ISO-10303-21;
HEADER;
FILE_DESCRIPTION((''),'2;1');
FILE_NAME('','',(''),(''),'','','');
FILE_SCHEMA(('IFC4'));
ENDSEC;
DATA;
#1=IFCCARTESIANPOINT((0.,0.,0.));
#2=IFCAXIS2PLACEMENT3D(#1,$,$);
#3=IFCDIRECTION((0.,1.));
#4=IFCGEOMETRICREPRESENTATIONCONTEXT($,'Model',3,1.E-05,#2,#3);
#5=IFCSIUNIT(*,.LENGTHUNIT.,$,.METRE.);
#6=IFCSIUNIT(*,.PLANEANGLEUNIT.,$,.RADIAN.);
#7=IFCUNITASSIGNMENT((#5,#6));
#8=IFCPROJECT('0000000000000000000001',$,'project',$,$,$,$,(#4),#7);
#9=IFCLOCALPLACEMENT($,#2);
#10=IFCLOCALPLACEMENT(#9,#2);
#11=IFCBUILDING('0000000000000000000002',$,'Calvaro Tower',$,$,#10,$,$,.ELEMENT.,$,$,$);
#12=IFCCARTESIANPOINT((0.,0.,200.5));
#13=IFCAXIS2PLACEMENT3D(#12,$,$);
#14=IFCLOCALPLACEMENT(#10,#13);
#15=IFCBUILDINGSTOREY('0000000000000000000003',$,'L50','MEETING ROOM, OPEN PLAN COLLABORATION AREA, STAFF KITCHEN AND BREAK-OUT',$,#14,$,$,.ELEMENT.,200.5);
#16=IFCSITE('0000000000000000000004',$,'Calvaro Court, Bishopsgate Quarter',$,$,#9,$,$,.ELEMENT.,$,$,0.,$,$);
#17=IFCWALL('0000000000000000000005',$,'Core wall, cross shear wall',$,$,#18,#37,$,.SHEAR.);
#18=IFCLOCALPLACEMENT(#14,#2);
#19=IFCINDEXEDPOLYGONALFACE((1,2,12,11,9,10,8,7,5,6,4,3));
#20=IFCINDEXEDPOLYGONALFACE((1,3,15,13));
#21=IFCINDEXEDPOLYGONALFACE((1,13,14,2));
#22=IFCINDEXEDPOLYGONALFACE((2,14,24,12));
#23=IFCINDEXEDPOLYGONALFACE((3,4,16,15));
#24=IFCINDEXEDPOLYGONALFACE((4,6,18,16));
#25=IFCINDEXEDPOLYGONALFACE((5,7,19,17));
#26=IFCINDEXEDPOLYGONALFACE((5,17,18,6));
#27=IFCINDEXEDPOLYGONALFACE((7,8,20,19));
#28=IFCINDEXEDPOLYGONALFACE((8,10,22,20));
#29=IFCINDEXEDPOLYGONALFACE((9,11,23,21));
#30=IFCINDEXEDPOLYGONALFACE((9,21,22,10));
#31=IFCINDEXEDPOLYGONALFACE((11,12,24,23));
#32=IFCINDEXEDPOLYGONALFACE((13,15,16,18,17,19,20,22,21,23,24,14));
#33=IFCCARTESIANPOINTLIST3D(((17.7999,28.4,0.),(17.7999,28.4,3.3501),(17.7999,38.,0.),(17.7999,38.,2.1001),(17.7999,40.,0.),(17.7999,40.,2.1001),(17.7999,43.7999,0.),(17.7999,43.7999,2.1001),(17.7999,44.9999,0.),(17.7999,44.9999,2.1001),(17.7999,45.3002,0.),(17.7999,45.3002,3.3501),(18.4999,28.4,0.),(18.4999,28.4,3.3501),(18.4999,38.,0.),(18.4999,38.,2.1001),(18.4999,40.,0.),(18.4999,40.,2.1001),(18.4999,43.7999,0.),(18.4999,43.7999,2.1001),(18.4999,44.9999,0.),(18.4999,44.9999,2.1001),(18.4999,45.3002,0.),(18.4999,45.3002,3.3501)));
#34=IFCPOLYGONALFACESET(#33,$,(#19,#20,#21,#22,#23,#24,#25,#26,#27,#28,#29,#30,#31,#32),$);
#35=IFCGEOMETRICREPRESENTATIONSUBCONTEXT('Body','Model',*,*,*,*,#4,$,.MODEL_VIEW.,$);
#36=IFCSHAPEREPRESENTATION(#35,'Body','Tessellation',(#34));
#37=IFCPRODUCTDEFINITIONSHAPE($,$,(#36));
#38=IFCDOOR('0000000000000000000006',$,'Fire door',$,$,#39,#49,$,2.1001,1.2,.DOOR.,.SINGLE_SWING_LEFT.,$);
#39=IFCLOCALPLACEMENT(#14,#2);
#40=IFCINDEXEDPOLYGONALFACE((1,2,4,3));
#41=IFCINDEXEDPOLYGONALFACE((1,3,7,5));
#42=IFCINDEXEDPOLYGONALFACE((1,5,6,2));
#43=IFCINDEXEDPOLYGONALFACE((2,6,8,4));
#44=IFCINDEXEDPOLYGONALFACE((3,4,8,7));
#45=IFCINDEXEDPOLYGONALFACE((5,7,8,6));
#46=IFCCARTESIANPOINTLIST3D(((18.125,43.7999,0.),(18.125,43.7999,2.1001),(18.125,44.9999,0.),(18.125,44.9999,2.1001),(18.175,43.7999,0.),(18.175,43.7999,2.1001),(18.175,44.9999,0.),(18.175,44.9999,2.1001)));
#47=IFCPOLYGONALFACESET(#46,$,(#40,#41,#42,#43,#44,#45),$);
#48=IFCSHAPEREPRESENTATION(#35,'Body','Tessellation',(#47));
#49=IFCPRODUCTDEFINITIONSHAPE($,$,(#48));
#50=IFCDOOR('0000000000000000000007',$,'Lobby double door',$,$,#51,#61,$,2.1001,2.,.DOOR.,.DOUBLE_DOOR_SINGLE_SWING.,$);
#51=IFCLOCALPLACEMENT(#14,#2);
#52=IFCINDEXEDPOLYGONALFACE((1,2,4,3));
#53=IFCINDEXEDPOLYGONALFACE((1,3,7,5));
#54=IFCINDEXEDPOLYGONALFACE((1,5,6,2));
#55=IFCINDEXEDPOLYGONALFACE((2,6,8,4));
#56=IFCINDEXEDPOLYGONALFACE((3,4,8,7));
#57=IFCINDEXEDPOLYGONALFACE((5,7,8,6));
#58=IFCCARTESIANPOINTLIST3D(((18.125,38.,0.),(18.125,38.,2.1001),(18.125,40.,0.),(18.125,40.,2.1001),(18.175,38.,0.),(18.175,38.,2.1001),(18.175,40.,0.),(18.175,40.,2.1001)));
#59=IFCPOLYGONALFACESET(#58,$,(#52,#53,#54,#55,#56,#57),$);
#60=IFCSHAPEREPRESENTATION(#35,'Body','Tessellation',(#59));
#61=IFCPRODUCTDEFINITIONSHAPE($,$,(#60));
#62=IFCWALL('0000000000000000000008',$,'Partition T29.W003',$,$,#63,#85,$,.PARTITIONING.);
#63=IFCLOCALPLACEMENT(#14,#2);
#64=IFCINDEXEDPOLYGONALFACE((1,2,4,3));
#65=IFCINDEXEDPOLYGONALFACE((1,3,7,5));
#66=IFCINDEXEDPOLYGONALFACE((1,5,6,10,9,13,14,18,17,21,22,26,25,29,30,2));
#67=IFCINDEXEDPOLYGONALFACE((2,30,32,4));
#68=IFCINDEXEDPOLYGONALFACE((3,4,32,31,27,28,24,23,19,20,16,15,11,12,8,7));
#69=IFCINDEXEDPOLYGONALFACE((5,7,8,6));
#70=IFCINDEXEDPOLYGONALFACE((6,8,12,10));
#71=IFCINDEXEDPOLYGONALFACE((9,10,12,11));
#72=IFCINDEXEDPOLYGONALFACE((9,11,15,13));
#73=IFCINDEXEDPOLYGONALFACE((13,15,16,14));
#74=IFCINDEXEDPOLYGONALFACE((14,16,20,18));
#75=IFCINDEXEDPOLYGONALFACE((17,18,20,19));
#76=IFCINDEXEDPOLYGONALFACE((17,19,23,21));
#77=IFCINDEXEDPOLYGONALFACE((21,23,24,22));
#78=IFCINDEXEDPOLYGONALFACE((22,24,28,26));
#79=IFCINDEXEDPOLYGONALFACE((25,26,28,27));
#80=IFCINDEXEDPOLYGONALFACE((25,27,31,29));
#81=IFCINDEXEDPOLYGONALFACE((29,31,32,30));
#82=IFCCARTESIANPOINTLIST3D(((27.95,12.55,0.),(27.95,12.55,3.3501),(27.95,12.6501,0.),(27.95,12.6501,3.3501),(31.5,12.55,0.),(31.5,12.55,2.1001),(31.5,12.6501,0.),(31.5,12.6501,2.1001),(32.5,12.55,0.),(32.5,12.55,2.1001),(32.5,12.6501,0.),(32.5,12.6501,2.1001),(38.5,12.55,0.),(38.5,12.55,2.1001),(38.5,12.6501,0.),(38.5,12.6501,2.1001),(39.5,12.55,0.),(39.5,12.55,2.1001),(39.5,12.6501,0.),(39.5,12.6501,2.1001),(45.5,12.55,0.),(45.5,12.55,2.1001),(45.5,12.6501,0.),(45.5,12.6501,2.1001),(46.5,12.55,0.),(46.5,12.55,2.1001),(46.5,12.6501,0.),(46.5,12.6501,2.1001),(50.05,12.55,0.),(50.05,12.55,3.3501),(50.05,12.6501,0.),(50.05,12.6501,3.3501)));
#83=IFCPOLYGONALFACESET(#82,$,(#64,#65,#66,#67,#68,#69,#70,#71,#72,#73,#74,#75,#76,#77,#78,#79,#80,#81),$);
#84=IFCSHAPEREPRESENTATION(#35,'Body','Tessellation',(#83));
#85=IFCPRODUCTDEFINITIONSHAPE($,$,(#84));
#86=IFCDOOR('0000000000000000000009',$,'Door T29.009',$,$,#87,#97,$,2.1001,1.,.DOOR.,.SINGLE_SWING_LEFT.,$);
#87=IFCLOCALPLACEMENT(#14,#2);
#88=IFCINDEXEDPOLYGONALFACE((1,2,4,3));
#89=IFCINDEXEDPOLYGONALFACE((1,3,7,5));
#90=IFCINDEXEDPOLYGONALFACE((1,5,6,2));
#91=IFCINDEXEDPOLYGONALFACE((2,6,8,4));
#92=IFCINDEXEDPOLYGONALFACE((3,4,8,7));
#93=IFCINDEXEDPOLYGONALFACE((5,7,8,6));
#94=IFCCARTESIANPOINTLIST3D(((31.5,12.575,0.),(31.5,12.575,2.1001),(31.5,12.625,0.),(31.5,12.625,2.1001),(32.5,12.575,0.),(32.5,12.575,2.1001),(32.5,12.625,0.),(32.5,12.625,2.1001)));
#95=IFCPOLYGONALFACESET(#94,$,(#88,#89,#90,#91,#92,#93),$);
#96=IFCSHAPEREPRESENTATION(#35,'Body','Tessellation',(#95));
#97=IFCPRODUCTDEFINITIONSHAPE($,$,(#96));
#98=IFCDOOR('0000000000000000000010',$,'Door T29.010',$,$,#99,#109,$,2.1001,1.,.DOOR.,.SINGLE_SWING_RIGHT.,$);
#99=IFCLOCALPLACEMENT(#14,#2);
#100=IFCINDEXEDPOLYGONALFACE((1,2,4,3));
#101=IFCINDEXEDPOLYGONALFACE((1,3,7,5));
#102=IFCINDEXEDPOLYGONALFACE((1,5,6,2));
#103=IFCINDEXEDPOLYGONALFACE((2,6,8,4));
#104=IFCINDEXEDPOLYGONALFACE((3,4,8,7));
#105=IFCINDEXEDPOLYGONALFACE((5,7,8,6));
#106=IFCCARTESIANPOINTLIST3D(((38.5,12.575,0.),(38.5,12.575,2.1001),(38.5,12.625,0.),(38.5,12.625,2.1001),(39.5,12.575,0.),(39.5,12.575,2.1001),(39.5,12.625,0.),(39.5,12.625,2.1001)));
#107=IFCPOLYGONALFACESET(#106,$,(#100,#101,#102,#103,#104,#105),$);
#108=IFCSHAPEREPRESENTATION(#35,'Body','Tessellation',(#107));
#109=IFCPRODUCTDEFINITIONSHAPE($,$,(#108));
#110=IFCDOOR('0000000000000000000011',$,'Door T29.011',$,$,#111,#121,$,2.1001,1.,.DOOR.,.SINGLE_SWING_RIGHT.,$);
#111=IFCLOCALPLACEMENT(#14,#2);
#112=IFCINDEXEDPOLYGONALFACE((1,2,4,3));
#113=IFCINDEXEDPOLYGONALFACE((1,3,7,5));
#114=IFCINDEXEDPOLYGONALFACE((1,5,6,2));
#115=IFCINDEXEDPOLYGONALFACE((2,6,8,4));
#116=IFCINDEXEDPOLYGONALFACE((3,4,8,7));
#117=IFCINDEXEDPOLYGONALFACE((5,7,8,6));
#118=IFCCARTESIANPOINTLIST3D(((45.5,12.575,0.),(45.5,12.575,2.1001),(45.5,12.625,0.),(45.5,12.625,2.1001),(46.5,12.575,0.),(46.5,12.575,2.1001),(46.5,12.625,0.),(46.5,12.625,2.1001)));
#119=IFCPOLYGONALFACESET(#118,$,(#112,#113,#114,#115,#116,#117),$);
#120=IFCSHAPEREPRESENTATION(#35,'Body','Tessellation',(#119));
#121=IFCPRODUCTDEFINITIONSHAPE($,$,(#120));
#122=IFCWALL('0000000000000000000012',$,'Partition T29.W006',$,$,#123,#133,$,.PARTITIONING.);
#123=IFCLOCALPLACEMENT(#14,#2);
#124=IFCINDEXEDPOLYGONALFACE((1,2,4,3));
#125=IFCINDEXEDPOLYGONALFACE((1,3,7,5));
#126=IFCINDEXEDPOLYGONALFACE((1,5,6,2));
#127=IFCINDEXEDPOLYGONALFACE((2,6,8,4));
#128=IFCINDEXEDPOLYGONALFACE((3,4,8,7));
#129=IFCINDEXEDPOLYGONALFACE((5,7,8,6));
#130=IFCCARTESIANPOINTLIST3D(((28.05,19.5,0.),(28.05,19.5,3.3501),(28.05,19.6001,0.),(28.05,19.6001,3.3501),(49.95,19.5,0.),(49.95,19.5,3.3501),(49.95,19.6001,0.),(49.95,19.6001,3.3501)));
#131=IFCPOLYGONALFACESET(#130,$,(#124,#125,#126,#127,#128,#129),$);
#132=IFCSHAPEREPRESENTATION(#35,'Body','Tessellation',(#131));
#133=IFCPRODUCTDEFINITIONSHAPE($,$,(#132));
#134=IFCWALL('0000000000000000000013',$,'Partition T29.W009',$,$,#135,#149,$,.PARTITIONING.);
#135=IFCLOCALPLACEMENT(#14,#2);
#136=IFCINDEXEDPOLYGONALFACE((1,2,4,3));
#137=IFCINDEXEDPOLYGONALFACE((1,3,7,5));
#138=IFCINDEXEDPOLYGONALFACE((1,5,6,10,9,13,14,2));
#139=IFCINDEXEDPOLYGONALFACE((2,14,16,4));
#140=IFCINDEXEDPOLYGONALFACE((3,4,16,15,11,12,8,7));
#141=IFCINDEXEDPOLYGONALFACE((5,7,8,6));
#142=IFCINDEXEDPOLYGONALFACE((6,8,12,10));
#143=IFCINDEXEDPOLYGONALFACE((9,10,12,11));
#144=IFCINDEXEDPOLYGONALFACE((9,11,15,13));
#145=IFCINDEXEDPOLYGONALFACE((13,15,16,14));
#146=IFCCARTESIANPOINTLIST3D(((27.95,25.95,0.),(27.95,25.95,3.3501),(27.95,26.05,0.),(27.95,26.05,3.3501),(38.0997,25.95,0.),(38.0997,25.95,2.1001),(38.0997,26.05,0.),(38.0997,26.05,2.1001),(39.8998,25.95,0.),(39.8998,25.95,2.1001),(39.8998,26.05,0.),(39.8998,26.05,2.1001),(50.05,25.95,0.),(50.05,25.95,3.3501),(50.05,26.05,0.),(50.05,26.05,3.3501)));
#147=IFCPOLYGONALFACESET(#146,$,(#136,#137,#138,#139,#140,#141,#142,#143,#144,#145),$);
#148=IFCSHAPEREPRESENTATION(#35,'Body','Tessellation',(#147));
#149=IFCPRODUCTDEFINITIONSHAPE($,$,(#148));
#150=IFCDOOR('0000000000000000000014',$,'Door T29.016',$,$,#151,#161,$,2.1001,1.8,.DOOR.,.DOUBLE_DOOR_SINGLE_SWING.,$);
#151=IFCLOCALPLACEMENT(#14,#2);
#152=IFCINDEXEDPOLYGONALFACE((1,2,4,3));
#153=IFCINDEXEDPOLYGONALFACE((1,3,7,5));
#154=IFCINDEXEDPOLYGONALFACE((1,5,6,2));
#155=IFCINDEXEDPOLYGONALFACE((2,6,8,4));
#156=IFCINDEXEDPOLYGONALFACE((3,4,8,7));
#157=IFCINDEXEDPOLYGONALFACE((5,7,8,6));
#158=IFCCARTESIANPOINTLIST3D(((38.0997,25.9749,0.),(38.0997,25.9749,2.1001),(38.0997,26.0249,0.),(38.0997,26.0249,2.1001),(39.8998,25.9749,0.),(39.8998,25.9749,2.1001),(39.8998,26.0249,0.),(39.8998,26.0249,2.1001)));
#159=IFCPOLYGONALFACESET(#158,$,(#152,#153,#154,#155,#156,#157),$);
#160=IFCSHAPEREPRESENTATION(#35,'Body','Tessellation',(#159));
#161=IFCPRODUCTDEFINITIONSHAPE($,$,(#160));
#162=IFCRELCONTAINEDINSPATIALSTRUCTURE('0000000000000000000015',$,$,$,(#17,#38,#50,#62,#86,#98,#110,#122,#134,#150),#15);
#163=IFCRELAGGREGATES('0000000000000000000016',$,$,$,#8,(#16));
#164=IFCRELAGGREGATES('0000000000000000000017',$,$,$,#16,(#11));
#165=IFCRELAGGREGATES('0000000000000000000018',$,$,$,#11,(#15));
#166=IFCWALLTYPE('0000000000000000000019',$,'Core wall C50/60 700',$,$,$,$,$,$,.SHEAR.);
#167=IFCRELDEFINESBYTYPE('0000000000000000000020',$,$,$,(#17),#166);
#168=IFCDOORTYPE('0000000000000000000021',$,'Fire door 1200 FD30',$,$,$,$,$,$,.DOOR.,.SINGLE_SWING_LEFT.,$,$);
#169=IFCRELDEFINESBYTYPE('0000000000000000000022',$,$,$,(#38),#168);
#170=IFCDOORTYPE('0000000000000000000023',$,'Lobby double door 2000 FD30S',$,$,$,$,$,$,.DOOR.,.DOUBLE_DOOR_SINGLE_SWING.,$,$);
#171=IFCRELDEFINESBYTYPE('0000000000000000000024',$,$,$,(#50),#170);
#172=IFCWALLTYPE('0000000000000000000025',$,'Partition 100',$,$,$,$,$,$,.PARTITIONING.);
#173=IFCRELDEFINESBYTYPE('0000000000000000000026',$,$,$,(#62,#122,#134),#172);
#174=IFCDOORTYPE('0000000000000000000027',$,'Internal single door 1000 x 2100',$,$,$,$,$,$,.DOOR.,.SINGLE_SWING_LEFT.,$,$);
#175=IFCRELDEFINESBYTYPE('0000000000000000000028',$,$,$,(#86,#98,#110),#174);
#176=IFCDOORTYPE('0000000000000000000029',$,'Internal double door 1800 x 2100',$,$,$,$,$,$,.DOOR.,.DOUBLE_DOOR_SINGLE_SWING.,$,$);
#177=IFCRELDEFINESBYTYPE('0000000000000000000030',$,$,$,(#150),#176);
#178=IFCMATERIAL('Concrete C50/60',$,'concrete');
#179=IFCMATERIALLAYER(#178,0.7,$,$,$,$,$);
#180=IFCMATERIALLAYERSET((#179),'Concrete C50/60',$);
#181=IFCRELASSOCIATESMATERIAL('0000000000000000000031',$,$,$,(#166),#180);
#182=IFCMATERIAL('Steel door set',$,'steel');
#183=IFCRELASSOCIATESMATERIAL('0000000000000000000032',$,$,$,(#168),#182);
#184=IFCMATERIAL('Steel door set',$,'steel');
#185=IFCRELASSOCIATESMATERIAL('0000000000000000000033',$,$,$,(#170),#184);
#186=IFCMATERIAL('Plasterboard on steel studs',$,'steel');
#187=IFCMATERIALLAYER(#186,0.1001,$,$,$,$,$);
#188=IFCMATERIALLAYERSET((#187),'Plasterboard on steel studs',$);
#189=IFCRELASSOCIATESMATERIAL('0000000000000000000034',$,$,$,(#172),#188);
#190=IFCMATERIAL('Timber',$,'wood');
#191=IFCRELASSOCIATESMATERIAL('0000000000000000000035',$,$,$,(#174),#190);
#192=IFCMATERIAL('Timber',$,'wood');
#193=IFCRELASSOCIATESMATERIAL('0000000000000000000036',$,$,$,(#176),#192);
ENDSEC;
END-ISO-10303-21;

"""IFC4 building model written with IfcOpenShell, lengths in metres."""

from ifc_helpers import new_model, si_unit, direction, frame, frame_2d, origin, place, context, subcontext, project, spatial, rectangle, extrude, material, layer, layer_set, type_object, element, fill, save


model = new_model("IFC4")

# Units and contexts
model_context = context("Model", 3, precision=1e-05, world=origin(), true_north=direction((0.0, 1.0)))
body_context = subcontext(model_context, "Body", "Model", "MODEL_VIEW")
ifc_project = project(units=[si_unit("LENGTHUNIT", "METRE"), si_unit("PLANEANGLEUNIT", "RADIAN")], contexts=[model_context])

# Site, building, storey
site_placement = place(None, origin())
site = spatial("IfcSite", under=ifc_project, at=site_placement, Name="Calvaro Court, Bishopsgate Quarter", CompositionType="ELEMENT", RefElevation=0.0)
building_placement = place(site_placement, origin())
building = spatial("IfcBuilding", under=site, at=building_placement, Name="Calvaro Tower", CompositionType="ELEMENT")
storey_placement = place(building_placement, frame((0.0, 0.0, 200.5)))
storey = spatial("IfcBuildingStorey", under=building, at=storey_placement, Name="L50", Description="MEETING ROOM, OPEN PLAN COLLABORATION AREA, STAFF KITCHEN AND BREAK-OUT", CompositionType="ELEMENT", Elevation=200.5)

# Walls, openings, doors
ifc_material_1 = material(Name="Concrete C50/60", Category="concrete")
ifc_layer_1 = layer(ifc_material_1, 0.7)
ifc_layer_set_1 = layer_set([ifc_layer_1], Name="Concrete C50/60")
wall_type_1 = type_object("IfcWallType", Name="Core wall C50/60 700", PredefinedType="SHEAR", material=ifc_layer_set_1)
wall_1_placement = place(storey_placement, frame((18.1499, 28.3999, 0.0), z_axis=(0.0, 0.0, 1.0), x_axis=(0.0, 1.0, 0.0)))
wall_1 = element("IfcWall", 1, at=wall_1_placement, inside=storey, type_object=wall_type_1, Name="Core wall, cross shear wall", PredefinedType="SHEAR", context=body_context, shape_type="SweptSolid", body=[
    extrude(rectangle(XDim=16.9001, YDim=0.7, at=frame_2d((8.4502, 0.0))), origin(), (0.0, 0.0, 1.0), 3.3501),
])
opening_1_placement = place(wall_1_placement, frame((9.6001, 0.0, 0.0)))
opening_1 = element("IfcOpeningElement", 2, at=opening_1_placement, cuts=wall_1, PredefinedType="OPENING", context=body_context, shape_type="SweptSolid", body=[
    extrude(rectangle(XDim=2.0, YDim=2.1001, at=frame_2d((1.0, 1.05))), frame((0.0, 0.3599, 0.0), z_axis=(0.0, -1.0, 0.0), x_axis=(1.0, 0.0, 0.0)), (0.0, 0.0, 1.0), 0.72),
])
opening_2_placement = place(wall_1_placement, frame((15.3999, 0.0, 0.0)))
opening_2 = element("IfcOpeningElement", 3, at=opening_2_placement, cuts=wall_1, PredefinedType="OPENING", context=body_context, shape_type="SweptSolid", body=[
    extrude(rectangle(XDim=1.2, YDim=2.1001, at=frame_2d((0.6001, 1.05))), frame((0.0, 0.3599, 0.0), z_axis=(0.0, -1.0, 0.0), x_axis=(1.0, 0.0, 0.0)), (0.0, 0.0, 1.0), 0.72),
])
ifc_material_2 = material(Name="Steel door set", Category="steel")
door_type_1 = type_object("IfcDoorType", Name="Fire door 1200 FD30", OperationType="SINGLE_SWING_LEFT", PredefinedType="DOOR", material=ifc_material_2)
door_1_placement = place(opening_2_placement, origin())
door_1 = element("IfcDoor", 4, at=door_1_placement, inside=storey, type_object=door_type_1, Name="Fire door", OperationType="SINGLE_SWING_LEFT", OverallHeight=2.1001, OverallWidth=1.2, PredefinedType="DOOR", context=body_context, shape_type="SweptSolid", body=[
    extrude(rectangle(XDim=1.2, YDim=2.1001, at=frame_2d((0.6001, 1.05))), frame((0.0, 0.0249, 0.0), z_axis=(0.0, -1.0, 0.0), x_axis=(1.0, 0.0, 0.0)), (0.0, 0.0, 1.0), 0.05),
])
fill(opening_2, door_1)
ifc_material_3 = material(Name="Steel door set", Category="steel")
door_type_2 = type_object("IfcDoorType", Name="Lobby double door 2000 FD30S", OperationType="DOUBLE_DOOR_SINGLE_SWING", PredefinedType="DOOR", material=ifc_material_3)
door_2_placement = place(opening_1_placement, origin())
door_2 = element("IfcDoor", 5, at=door_2_placement, inside=storey, type_object=door_type_2, Name="Lobby double door", OperationType="DOUBLE_DOOR_SINGLE_SWING", OverallHeight=2.1001, OverallWidth=2.0, PredefinedType="DOOR", context=body_context, shape_type="SweptSolid", body=[
    extrude(rectangle(XDim=2.0, YDim=2.1001, at=frame_2d((1.0, 1.05))), frame((0.0, 0.0249, 0.0), z_axis=(0.0, -1.0, 0.0), x_axis=(1.0, 0.0, 0.0)), (0.0, 0.0, 1.0), 0.05),
])
fill(opening_1, door_2)
ifc_material_4 = material(Name="Plasterboard on steel studs", Category="steel")
ifc_layer_2 = layer(ifc_material_4, 0.1001)
ifc_layer_set_2 = layer_set([ifc_layer_2], Name="Plasterboard on steel studs")
wall_type_2 = type_object("IfcWallType", Name="Partition 100", PredefinedType="PARTITIONING", material=ifc_layer_set_2)
wall_2_placement = place(storey_placement, frame((27.95, 12.6001, 0.0), z_axis=(0.0, 0.0, 1.0), x_axis=(1.0, 0.0, 0.0)))
wall_2 = element("IfcWall", 6, at=wall_2_placement, inside=storey, type_object=wall_type_2, Name="Partition T29.W003", PredefinedType="PARTITIONING", context=body_context, shape_type="SweptSolid", body=[
    extrude(rectangle(XDim=22.1001, YDim=0.1001, at=frame_2d((11.05, 0.0))), origin(), (0.0, 0.0, 1.0), 3.3501),
])
opening_3_placement = place(wall_2_placement, frame((3.55, 0.0, 0.0)))
opening_3 = element("IfcOpeningElement", 7, at=opening_3_placement, cuts=wall_2, PredefinedType="OPENING", context=body_context, shape_type="SweptSolid", body=[
    extrude(rectangle(XDim=1.0, YDim=2.1001, at=frame_2d((0.5, 1.05))), frame((0.0, 0.0601, 0.0), z_axis=(0.0, -1.0, 0.0), x_axis=(1.0, 0.0, 0.0)), (0.0, 0.0, 1.0), 0.1201),
])
opening_4_placement = place(wall_2_placement, frame((10.55, 0.0, 0.0)))
opening_4 = element("IfcOpeningElement", 8, at=opening_4_placement, cuts=wall_2, PredefinedType="OPENING", context=body_context, shape_type="SweptSolid", body=[
    extrude(rectangle(XDim=1.0, YDim=2.1001, at=frame_2d((0.5, 1.05))), frame((0.0, 0.0601, 0.0), z_axis=(0.0, -1.0, 0.0), x_axis=(1.0, 0.0, 0.0)), (0.0, 0.0, 1.0), 0.1201),
])
opening_5_placement = place(wall_2_placement, frame((17.55, 0.0, 0.0)))
opening_5 = element("IfcOpeningElement", 9, at=opening_5_placement, cuts=wall_2, PredefinedType="OPENING", context=body_context, shape_type="SweptSolid", body=[
    extrude(rectangle(XDim=1.0, YDim=2.1001, at=frame_2d((0.5, 1.05))), frame((0.0, 0.0601, 0.0), z_axis=(0.0, -1.0, 0.0), x_axis=(1.0, 0.0, 0.0)), (0.0, 0.0, 1.0), 0.1201),
])
ifc_material_5 = material(Name="Timber", Category="wood")
door_type_3 = type_object("IfcDoorType", Name="Internal single door 1000 x 2100", OperationType="SINGLE_SWING_LEFT", PredefinedType="DOOR", material=ifc_material_5)
door_3_placement = place(opening_3_placement, origin())
door_3 = element("IfcDoor", 10, at=door_3_placement, inside=storey, type_object=door_type_3, Name="Door T29.009", OperationType="SINGLE_SWING_LEFT", OverallHeight=2.1001, OverallWidth=1.0, PredefinedType="DOOR", context=body_context, shape_type="SweptSolid", body=[
    extrude(rectangle(XDim=1.0, YDim=2.1001, at=frame_2d((0.5, 1.05))), frame((0.0, 0.0249, 0.0), z_axis=(0.0, -1.0, 0.0), x_axis=(1.0, 0.0, 0.0)), (0.0, 0.0, 1.0), 0.05),
])
fill(opening_3, door_3)
door_4_placement = place(opening_4_placement, origin())
door_4 = element("IfcDoor", 11, at=door_4_placement, inside=storey, type_object=door_type_3, Name="Door T29.010", OperationType="SINGLE_SWING_RIGHT", OverallHeight=2.1001, OverallWidth=1.0, PredefinedType="DOOR", context=body_context, shape_type="SweptSolid", body=[
    extrude(rectangle(XDim=1.0, YDim=2.1001, at=frame_2d((0.5, 1.05))), frame((0.0, 0.0249, 0.0), z_axis=(0.0, -1.0, 0.0), x_axis=(1.0, 0.0, 0.0)), (0.0, 0.0, 1.0), 0.05),
])
fill(opening_4, door_4)
door_5_placement = place(opening_5_placement, origin())
door_5 = element("IfcDoor", 12, at=door_5_placement, inside=storey, type_object=door_type_3, Name="Door T29.011", OperationType="SINGLE_SWING_RIGHT", OverallHeight=2.1001, OverallWidth=1.0, PredefinedType="DOOR", context=body_context, shape_type="SweptSolid", body=[
    extrude(rectangle(XDim=1.0, YDim=2.1001, at=frame_2d((0.5, 1.05))), frame((0.0, 0.0249, 0.0), z_axis=(0.0, -1.0, 0.0), x_axis=(1.0, 0.0, 0.0)), (0.0, 0.0, 1.0), 0.05),
])
fill(opening_5, door_5)

# Wall
wall_3_placement = place(storey_placement, frame((28.05, 19.55, 0.0), z_axis=(0.0, 0.0, 1.0), x_axis=(1.0, 0.0, 0.0)))
element("IfcWall", 13, at=wall_3_placement, inside=storey, type_object=wall_type_2, Name="Partition T29.W006", PredefinedType="PARTITIONING", context=body_context, shape_type="SweptSolid", body=[
    extrude(rectangle(XDim=21.8999, YDim=0.1001, at=frame_2d((10.95, 0.0))), origin(), (0.0, 0.0, 1.0), 3.3501),
])

# Wall, opening, door
wall_4_placement = place(storey_placement, frame((27.95, 26.0, 0.0), z_axis=(0.0, 0.0, 1.0), x_axis=(1.0, 0.0, 0.0)))
wall_4 = element("IfcWall", 14, at=wall_4_placement, inside=storey, type_object=wall_type_2, Name="Partition T29.W009", PredefinedType="PARTITIONING", context=body_context, shape_type="SweptSolid", body=[
    extrude(rectangle(XDim=22.1001, YDim=0.1001, at=frame_2d((11.05, 0.0))), origin(), (0.0, 0.0, 1.0), 3.3501),
])
opening_6_placement = place(wall_4_placement, frame((10.1499, 0.0, 0.0)))
opening_6 = element("IfcOpeningElement", 15, at=opening_6_placement, cuts=wall_4, PredefinedType="OPENING", context=body_context, shape_type="SweptSolid", body=[
    extrude(rectangle(XDim=1.8, YDim=2.1001, at=frame_2d((0.8999, 1.05))), frame((0.0, 0.0601, 0.0), z_axis=(0.0, -1.0, 0.0), x_axis=(1.0, 0.0, 0.0)), (0.0, 0.0, 1.0), 0.1201),
])
ifc_material_6 = material(Name="Timber", Category="wood")
door_type_4 = type_object("IfcDoorType", Name="Internal double door 1800 x 2100", OperationType="DOUBLE_DOOR_SINGLE_SWING", PredefinedType="DOOR", material=ifc_material_6)
door_6_placement = place(opening_6_placement, origin())
door_6 = element("IfcDoor", 16, at=door_6_placement, inside=storey, type_object=door_type_4, Name="Door T29.016", OperationType="DOUBLE_DOOR_SINGLE_SWING", OverallHeight=2.1001, OverallWidth=1.8, PredefinedType="DOOR", context=body_context, shape_type="SweptSolid", body=[
    extrude(rectangle(XDim=1.8, YDim=2.1001, at=frame_2d((0.8999, 1.05))), frame((0.0, 0.0249, 0.0), z_axis=(0.0, -1.0, 0.0), x_axis=(1.0, 0.0, 0.0)), (0.0, 0.0, 1.0), 0.05),
])
fill(opening_6, door_6)

save(model, "model.ifc")
